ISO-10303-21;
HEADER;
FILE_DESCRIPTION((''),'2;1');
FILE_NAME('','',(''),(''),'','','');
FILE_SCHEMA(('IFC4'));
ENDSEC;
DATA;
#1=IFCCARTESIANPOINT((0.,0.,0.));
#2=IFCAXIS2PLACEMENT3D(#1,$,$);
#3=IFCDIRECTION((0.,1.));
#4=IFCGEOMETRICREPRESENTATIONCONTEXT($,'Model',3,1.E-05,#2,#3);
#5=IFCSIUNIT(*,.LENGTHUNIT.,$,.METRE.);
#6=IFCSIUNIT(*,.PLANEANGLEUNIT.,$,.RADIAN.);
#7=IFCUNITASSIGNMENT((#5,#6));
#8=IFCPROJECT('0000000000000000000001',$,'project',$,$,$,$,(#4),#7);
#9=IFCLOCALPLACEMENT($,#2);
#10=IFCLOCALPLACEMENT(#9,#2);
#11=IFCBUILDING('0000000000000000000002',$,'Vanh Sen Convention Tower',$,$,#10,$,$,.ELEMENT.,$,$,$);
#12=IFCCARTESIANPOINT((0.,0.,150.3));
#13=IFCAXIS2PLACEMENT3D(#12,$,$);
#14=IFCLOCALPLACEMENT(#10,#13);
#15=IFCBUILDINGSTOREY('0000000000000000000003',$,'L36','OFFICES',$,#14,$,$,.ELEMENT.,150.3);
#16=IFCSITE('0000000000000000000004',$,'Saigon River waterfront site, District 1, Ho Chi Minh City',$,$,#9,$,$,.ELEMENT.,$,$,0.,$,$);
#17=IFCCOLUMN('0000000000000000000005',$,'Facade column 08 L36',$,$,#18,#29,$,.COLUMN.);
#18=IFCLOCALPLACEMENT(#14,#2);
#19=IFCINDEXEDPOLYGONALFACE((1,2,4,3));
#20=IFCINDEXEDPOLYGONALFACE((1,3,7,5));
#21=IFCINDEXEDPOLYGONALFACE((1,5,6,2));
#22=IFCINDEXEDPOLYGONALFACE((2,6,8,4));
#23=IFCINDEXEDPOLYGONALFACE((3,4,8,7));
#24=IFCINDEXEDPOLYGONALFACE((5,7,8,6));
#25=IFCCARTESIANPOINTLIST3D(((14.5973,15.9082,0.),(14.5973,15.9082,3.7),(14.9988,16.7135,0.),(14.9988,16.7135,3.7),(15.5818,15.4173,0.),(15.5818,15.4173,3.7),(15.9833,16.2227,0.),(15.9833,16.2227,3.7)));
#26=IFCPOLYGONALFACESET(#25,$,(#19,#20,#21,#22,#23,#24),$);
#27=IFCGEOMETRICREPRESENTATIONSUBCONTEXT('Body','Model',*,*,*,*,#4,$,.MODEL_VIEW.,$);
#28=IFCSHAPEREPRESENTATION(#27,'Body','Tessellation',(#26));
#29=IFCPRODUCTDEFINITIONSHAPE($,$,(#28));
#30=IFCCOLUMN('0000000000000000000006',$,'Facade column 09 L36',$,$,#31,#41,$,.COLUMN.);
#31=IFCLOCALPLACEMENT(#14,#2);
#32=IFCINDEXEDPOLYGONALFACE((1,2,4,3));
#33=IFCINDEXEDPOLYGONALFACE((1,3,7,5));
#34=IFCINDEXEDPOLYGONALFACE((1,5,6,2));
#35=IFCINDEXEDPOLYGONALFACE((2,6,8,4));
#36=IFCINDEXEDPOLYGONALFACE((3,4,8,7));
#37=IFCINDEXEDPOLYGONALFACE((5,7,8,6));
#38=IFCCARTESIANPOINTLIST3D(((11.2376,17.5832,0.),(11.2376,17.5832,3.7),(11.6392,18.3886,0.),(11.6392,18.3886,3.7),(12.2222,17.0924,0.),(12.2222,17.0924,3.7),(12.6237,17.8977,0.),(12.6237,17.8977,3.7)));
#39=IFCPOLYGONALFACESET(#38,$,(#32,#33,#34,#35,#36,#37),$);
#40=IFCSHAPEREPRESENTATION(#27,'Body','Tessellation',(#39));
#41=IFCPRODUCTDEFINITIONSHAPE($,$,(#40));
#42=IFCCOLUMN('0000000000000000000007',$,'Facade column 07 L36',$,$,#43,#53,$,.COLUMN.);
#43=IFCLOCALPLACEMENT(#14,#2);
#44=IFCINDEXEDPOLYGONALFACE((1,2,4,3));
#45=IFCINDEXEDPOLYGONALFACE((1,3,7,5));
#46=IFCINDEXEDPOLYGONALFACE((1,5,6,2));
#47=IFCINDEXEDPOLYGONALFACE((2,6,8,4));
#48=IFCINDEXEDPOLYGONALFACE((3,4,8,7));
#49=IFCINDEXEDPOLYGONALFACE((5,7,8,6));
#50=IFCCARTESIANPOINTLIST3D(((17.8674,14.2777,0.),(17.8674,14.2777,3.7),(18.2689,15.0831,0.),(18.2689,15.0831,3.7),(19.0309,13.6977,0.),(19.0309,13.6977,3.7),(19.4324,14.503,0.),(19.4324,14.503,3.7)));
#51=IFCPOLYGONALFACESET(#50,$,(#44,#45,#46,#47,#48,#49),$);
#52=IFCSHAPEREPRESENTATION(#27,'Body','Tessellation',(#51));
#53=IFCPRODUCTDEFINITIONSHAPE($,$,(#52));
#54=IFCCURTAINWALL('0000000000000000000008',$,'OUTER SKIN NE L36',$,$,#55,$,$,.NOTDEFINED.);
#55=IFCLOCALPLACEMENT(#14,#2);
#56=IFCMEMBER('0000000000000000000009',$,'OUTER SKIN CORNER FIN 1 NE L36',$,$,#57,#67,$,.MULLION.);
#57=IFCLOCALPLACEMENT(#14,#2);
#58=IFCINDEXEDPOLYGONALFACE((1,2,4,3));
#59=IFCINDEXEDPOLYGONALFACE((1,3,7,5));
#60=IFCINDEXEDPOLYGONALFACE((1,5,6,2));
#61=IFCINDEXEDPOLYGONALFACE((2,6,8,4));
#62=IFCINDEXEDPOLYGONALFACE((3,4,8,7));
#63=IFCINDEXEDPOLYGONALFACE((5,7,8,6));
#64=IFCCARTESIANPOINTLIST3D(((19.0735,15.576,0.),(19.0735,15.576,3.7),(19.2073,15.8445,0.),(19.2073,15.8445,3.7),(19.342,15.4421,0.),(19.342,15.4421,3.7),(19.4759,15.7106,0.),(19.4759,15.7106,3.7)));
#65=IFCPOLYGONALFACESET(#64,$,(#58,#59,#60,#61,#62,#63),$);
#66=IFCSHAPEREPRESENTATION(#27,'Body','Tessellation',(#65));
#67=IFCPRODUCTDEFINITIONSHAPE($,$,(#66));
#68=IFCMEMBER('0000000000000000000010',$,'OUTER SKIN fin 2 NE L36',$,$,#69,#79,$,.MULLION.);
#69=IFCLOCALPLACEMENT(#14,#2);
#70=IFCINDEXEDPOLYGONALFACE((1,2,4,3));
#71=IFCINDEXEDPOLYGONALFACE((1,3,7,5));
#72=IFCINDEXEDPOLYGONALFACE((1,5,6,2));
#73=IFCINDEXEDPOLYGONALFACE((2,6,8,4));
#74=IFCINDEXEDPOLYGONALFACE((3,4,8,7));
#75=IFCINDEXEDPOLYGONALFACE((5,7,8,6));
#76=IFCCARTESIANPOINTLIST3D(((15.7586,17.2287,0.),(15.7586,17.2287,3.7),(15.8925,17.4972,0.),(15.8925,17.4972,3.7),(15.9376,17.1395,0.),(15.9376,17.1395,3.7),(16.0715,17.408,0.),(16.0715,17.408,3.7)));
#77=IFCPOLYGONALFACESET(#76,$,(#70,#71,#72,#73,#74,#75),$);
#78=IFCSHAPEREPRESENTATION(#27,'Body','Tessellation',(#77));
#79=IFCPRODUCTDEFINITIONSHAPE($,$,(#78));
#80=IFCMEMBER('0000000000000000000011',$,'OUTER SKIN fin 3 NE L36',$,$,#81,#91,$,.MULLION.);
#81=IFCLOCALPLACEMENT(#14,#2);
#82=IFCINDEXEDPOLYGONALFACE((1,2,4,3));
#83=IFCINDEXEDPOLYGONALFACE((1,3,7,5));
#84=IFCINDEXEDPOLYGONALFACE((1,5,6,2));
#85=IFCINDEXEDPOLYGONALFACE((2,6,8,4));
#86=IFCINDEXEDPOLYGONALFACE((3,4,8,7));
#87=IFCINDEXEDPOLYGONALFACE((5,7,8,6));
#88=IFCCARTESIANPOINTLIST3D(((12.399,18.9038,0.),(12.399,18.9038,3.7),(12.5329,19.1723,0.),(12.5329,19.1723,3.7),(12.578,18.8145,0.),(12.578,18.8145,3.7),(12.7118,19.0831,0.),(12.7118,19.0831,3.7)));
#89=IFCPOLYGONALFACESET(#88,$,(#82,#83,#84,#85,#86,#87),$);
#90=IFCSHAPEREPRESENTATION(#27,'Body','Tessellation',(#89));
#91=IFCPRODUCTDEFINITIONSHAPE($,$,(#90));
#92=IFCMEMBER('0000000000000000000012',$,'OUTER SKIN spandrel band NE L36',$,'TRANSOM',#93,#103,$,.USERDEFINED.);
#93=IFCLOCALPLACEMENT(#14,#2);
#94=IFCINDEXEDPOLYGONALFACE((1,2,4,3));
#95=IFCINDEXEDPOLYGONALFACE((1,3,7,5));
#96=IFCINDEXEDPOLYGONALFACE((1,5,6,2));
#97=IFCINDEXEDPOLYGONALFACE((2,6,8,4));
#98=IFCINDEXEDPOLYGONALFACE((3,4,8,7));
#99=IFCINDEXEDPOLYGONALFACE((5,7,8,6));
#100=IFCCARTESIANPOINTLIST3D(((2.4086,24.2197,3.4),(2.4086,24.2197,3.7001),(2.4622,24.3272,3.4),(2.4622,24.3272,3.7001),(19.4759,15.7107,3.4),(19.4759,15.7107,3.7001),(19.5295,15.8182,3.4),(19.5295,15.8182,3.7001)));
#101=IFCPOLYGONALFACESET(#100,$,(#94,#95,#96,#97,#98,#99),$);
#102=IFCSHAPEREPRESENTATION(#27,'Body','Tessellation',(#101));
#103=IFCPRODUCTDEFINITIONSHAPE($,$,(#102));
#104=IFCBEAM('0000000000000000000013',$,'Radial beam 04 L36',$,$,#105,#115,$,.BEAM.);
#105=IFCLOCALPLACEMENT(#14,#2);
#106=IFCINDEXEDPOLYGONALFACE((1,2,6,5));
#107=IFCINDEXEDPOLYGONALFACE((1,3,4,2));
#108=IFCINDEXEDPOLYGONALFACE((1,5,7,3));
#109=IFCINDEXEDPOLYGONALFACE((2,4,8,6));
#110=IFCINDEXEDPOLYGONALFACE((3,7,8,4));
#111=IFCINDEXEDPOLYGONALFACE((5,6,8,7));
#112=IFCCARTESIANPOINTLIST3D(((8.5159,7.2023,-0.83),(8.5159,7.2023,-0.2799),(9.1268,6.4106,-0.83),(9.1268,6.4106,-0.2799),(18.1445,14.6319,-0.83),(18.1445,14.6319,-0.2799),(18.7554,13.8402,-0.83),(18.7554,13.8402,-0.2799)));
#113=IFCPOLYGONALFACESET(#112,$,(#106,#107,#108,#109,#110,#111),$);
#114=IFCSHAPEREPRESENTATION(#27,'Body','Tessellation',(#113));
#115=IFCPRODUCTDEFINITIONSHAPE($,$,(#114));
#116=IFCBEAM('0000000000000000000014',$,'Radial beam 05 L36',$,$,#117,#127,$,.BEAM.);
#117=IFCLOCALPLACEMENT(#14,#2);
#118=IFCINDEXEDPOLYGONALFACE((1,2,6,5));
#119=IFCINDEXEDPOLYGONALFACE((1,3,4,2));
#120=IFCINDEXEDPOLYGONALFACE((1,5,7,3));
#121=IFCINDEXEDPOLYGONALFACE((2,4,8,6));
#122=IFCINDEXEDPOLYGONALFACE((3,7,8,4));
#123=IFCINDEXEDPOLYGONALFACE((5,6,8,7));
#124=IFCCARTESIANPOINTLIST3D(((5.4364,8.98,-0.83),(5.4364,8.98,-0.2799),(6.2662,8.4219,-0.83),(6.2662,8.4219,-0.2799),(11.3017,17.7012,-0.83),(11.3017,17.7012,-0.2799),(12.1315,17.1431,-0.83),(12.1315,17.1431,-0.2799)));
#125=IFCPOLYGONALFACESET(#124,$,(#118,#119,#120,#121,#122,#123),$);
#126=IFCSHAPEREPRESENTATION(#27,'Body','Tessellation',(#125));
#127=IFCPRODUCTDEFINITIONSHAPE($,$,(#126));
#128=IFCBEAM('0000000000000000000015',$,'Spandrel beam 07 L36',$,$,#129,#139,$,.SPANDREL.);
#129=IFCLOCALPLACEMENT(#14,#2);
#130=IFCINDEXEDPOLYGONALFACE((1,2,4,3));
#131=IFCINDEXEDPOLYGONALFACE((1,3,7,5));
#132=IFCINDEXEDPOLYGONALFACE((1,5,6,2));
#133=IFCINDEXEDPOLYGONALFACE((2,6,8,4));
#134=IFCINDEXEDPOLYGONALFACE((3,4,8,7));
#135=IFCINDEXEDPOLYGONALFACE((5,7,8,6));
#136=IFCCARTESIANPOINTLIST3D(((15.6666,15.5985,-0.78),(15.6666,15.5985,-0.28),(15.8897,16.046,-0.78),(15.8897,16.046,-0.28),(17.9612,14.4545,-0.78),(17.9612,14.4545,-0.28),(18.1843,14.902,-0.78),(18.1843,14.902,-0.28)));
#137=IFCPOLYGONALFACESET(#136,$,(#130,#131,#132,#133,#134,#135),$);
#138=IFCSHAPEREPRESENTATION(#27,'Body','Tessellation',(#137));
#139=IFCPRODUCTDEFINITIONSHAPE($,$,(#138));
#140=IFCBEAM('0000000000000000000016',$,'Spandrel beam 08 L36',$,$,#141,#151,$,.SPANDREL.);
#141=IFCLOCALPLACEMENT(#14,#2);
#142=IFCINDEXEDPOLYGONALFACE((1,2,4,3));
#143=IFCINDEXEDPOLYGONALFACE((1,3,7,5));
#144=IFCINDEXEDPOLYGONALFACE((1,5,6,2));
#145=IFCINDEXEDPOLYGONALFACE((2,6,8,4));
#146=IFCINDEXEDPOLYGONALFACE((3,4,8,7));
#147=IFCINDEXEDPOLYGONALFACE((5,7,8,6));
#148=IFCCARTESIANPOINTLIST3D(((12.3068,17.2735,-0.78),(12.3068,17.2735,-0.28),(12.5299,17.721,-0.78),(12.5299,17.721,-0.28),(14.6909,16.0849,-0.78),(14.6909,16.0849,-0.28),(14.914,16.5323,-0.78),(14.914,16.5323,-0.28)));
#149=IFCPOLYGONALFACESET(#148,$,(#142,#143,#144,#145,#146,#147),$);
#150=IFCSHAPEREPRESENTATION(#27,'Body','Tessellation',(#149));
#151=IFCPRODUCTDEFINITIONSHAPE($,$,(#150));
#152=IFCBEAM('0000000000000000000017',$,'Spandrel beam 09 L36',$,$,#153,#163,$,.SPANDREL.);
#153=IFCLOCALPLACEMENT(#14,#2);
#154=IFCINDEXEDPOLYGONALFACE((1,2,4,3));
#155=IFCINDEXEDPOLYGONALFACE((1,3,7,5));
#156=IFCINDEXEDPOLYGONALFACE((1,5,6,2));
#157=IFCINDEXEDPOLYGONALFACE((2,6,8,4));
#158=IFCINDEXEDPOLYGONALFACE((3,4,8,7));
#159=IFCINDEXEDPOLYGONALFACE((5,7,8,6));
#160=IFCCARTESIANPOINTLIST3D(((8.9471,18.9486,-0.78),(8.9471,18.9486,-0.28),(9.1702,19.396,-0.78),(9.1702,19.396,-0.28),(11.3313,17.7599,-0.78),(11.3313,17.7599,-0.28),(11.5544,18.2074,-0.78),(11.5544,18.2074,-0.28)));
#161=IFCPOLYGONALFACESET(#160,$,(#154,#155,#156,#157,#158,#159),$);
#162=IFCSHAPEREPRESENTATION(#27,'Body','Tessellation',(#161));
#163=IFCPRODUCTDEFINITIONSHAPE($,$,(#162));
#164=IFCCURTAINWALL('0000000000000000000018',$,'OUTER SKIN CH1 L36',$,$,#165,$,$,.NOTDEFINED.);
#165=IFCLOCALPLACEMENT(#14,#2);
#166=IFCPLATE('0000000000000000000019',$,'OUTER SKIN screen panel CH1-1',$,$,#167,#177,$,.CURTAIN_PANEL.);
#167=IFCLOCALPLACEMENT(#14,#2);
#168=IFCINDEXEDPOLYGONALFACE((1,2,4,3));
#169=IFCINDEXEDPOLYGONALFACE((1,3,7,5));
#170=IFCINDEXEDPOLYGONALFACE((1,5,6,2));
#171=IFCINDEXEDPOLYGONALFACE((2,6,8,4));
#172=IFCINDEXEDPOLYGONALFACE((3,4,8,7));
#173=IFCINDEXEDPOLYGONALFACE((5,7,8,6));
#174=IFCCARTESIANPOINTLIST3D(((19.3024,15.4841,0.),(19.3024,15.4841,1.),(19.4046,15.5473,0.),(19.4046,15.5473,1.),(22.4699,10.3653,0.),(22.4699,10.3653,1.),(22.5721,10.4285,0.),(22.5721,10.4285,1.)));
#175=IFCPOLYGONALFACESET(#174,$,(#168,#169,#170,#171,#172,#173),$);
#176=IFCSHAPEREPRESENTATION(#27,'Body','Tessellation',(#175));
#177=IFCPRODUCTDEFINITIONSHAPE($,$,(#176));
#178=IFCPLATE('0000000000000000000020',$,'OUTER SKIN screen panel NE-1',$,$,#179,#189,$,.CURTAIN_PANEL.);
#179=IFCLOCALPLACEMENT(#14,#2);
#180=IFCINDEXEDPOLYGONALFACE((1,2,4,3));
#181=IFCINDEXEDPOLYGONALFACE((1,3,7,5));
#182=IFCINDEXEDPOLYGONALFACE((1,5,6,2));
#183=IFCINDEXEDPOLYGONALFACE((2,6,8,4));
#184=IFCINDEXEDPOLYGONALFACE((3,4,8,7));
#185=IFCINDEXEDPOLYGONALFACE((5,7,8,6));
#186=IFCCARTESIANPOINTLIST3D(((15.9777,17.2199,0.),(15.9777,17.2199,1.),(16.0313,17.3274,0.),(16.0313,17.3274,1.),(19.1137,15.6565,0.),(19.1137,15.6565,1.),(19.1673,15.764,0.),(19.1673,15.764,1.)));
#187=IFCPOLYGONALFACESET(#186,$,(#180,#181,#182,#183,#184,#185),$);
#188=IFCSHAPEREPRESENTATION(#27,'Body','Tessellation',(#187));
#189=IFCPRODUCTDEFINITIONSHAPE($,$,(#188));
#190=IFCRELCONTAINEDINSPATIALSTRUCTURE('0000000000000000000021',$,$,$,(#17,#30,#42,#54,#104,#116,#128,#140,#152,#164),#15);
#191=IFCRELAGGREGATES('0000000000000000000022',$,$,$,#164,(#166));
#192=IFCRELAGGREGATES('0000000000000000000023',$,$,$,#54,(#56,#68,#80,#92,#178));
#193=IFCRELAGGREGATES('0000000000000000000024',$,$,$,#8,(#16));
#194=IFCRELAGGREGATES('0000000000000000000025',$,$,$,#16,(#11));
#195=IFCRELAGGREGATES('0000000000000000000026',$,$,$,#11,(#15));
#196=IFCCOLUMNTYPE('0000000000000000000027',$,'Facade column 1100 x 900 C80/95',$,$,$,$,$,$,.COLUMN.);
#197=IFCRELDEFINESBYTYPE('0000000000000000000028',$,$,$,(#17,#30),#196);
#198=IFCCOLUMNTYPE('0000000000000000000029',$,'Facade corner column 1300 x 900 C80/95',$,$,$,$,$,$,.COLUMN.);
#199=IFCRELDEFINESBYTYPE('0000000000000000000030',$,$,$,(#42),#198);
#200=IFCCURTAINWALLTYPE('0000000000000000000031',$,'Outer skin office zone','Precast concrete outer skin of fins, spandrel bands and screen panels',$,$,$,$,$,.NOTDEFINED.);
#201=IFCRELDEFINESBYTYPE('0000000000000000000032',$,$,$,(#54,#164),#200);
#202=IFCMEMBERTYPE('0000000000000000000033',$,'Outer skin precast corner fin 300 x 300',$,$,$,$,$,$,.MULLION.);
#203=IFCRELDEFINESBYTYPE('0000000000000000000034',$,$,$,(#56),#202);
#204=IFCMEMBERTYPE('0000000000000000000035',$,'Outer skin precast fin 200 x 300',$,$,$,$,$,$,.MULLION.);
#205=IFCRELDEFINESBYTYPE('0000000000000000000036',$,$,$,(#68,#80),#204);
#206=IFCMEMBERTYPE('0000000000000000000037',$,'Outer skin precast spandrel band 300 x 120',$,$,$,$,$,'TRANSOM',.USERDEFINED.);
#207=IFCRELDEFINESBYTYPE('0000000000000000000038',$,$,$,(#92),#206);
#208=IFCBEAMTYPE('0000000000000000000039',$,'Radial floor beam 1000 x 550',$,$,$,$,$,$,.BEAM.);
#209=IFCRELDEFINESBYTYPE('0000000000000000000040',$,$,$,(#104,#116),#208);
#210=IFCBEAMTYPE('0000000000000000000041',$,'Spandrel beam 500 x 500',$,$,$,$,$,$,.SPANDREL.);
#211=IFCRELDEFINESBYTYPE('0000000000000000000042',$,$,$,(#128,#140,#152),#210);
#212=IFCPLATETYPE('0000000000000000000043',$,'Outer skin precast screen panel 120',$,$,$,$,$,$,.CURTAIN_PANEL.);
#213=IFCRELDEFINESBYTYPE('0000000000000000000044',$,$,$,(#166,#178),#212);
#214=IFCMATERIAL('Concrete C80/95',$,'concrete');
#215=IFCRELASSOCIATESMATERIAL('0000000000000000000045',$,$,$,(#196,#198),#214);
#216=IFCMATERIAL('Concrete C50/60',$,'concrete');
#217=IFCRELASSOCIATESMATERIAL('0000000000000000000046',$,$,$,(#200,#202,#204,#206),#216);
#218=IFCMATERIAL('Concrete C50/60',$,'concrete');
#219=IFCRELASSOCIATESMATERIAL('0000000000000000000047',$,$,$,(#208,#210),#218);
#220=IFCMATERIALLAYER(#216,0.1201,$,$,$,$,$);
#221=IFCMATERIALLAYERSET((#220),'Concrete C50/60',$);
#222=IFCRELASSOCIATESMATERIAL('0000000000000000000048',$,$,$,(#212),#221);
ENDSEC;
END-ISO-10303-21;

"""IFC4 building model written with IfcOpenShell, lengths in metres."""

from ifc_helpers import new_model, si_unit, direction, frame, origin, origin_2d, place, context, subcontext, project, spatial, rectangle, extrude, material, layer, layer_set, material_profile, profile_set, type_object, element, aggregate, save


model = new_model("IFC4")

# Units and contexts
model_context = context("Model", 3, precision=1e-05, world=origin(), true_north=direction((0.0, 1.0)))
body_context = subcontext(model_context, "Body", "Model", "MODEL_VIEW")
ifc_project = project(units=[si_unit("LENGTHUNIT", "METRE"), si_unit("PLANEANGLEUNIT", "RADIAN")], contexts=[model_context])

# Site, building, storey
site_placement = place(None, origin())
site = spatial("IfcSite", under=ifc_project, at=site_placement, Name="Saigon River waterfront site, District 1, Ho Chi Minh City", CompositionType="ELEMENT", RefElevation=0.0)
building_placement = place(site_placement, origin())
building = spatial("IfcBuilding", under=site, at=building_placement, Name="Vanh Sen Convention Tower", CompositionType="ELEMENT")
storey_placement = place(building_placement, frame((0.0, 0.0, 150.3)))
storey = spatial("IfcBuildingStorey", under=building, at=storey_placement, Name="L36", Description="OFFICES", CompositionType="ELEMENT", Elevation=150.3)

# Columns
ifc_material_1 = material(Name="Concrete C80/95", Category="concrete")
ifc_material_profile_1 = material_profile(ifc_material_1, rectangle(XDim=1.1001, YDim=0.8999, at=origin_2d()), Name="RC 1100X900")
ifc_profile_set_1 = profile_set([ifc_material_profile_1], Name="Concrete C80/95")
column_type_1 = type_object("IfcColumnType", Name="Facade column 1100 x 900 C80/95", PredefinedType="COLUMN", material=ifc_profile_set_1)
for number, where, z_axis, x_axis, name in (
    (1, (15.2903, 16.0654, 0.0), (0.0, 0.0, 1.0), (-0.894934, 0.446198, 0.0), "Facade column 08 L36"),
    (2, (11.9307, 17.7405, 0.0), (0.0, 0.0, 1.0), (-0.894934, 0.446198, 0.0), "Facade column 09 L36"),
):
    element("IfcColumn", number, at=place(storey_placement, frame(where, z_axis=z_axis, x_axis=x_axis)), inside=storey, type_object=column_type_1, Name=name, PredefinedType="COLUMN", context=body_context, shape_type="SweptSolid", body=[
        extrude(rectangle(XDim=1.1001, YDim=0.8999, at=origin_2d()), origin(), (0.0, 0.0, 1.0), 3.7),
    ])
ifc_material_profile_2 = material_profile(ifc_material_1, rectangle(XDim=1.3, YDim=0.8999, at=origin_2d()), Name="RC 1300X900")
ifc_profile_set_2 = profile_set([ifc_material_profile_2], Name="Concrete C80/95")
column_type_2 = type_object("IfcColumnType", Name="Facade corner column 1300 x 900 C80/95", PredefinedType="COLUMN", material=ifc_profile_set_2)
column_placement = place(storey_placement, frame((18.6499, 14.3904, 0.0), z_axis=(0.0, 0.0, 1.0), x_axis=(-0.894934, 0.446198, 0.0)))
element("IfcColumn", 3, at=column_placement, inside=storey, type_object=column_type_2, Name="Facade column 07 L36", PredefinedType="COLUMN", context=body_context, shape_type="SweptSolid", body=[
    extrude(rectangle(XDim=1.3, YDim=0.8999, at=origin_2d()), origin(), (0.0, 0.0, 1.0), 3.7),
])

# Curtain wall, members
ifc_material_2 = material(Name="Concrete C50/60", Category="concrete")
curtain_wall_type = type_object("IfcCurtainWallType", Name="Outer skin office zone", Description="Precast concrete outer skin of fins, spandrel bands and screen panels", PredefinedType="NOTDEFINED", material=ifc_material_2)
curtain_wall_1_placement = place(storey_placement, origin())
curtain_wall_1 = element("IfcCurtainWall", 4, at=curtain_wall_1_placement, inside=storey, type_object=curtain_wall_type, Name="OUTER SKIN NE L36", PredefinedType="NOTDEFINED")
ifc_material_profile_3 = material_profile(ifc_material_2, rectangle(XDim=0.3, YDim=0.3, at=origin_2d()), Name="Outer skin precast corner fin 300 x 300")
ifc_profile_set_3 = profile_set([ifc_material_profile_3], Name="Concrete C50/60")
member_type_1 = type_object("IfcMemberType", Name="Outer skin precast corner fin 300 x 300", PredefinedType="MULLION", material=ifc_profile_set_3)
member_1_placement = place(storey_placement, frame((19.2747, 15.6433, 0.0), z_axis=(0.0, 0.0, 1.0), x_axis=(-0.894934, 0.446198, 0.0)))
member_1 = element("IfcMember", 5, at=member_1_placement, type_object=member_type_1, Name="OUTER SKIN CORNER FIN 1 NE L36", PredefinedType="MULLION", context=body_context, shape_type="SweptSolid", body=[
    extrude(rectangle(XDim=0.3, YDim=0.3, at=origin_2d()), origin(), (0.0, 0.0, 1.0), 3.7),
])
ifc_material_profile_4 = material_profile(ifc_material_2, rectangle(XDim=0.2, YDim=0.3, at=origin_2d()), Name="Outer skin precast fin 200 x 300")
ifc_profile_set_4 = profile_set([ifc_material_profile_4], Name="Concrete C50/60")
member_type_2 = type_object("IfcMemberType", Name="Outer skin precast fin 200 x 300", PredefinedType="MULLION", material=ifc_profile_set_4)
member_2_placement = place(storey_placement, frame((15.915, 17.3184, 0.0), z_axis=(0.0, 0.0, 1.0), x_axis=(-0.894934, 0.446198, 0.0)))
member_2 = element("IfcMember", 6, at=member_2_placement, type_object=member_type_2, Name="OUTER SKIN fin 2 NE L36", PredefinedType="MULLION", context=body_context, shape_type="SweptSolid", body=[
    extrude(rectangle(XDim=0.2, YDim=0.3, at=origin_2d()), origin(), (0.0, 0.0, 1.0), 3.7),
])
member_3_placement = place(storey_placement, frame((12.5554, 18.9934, 0.0), z_axis=(0.0, 0.0, 1.0), x_axis=(-0.894934, 0.446198, 0.0)))
member_3 = element("IfcMember", 7, at=member_3_placement, type_object=member_type_2, Name="OUTER SKIN fin 3 NE L36", PredefinedType="MULLION", context=body_context, shape_type="SweptSolid", body=[
    extrude(rectangle(XDim=0.2, YDim=0.3, at=origin_2d()), origin(), (0.0, 0.0, 1.0), 3.7),
])
ifc_material_profile_5 = material_profile(ifc_material_2, rectangle(XDim=0.1201, YDim=0.3, at=origin_2d()), Name="Outer skin precast spandrel band 300 x 120")
ifc_profile_set_5 = profile_set([ifc_material_profile_5], Name="Concrete C50/60")
member_type_3 = type_object("IfcMemberType", Name="Outer skin precast spandrel band 300 x 120", ElementType="TRANSOM", PredefinedType="USERDEFINED", material=ifc_profile_set_5)
member_4_placement = place(storey_placement, frame((19.5027, 15.7644, 3.55), z_axis=(-0.894941, 0.446184, 0.0), x_axis=(-0.446184, -0.894941, 0.0)))
member_4 = element("IfcMember", 8, at=member_4_placement, type_object=member_type_3, Name="OUTER SKIN spandrel band NE L36", ObjectType="TRANSOM", PredefinedType="USERDEFINED", context=body_context, shape_type="SweptSolid", body=[
    extrude(rectangle(XDim=0.1201, YDim=0.3, at=origin_2d()), origin(), (0.0, 0.0, 1.0), 19.0708),
])

# Beams
ifc_material_3 = material(Name="Concrete C50/60", Category="concrete")
ifc_material_profile_6 = material_profile(ifc_material_3, rectangle(XDim=1.0, YDim=0.55, at=origin_2d()), Name="RC 1000X550")
ifc_profile_set_6 = profile_set([ifc_material_profile_6], Name="Concrete C50/60")
beam_type_1 = type_object("IfcBeamType", Name="Radial floor beam 1000 x 550", PredefinedType="BEAM", material=ifc_profile_set_6)
beam_1_placement = place(storey_placement, frame((18.45, 14.2361, -0.5549), z_axis=(-0.791708, -0.610899, 0.0), x_axis=(0.610899, -0.791708, 0.0)))
element("IfcBeam", 9, at=beam_1_placement, inside=storey, type_object=beam_type_1, Name="Radial beam 04 L36", PredefinedType="BEAM", context=body_context, shape_type="SweptSolid", body=[
    extrude(rectangle(XDim=1.0, YDim=0.55, at=origin_2d()), origin(), (0.0, 0.0, 1.0), 12.1619),
])
beam_2_placement = place(storey_placement, frame((11.7166, 17.4221, -0.5549), z_axis=(-0.558062, -0.829799, 0.0), x_axis=(0.829799, -0.558062, 0.0)))
element("IfcBeam", 10, at=beam_2_placement, inside=storey, type_object=beam_type_1, Name="Radial beam 05 L36", PredefinedType="BEAM", context=body_context, shape_type="SweptSolid", body=[
    extrude(rectangle(XDim=1.0, YDim=0.55, at=origin_2d()), origin(), (0.0, 0.0, 1.0), 10.51),
])
ifc_material_profile_7 = material_profile(ifc_material_3, rectangle(XDim=0.5, YDim=0.5, at=origin_2d()), Name="RC 500X500")
ifc_profile_set_7 = profile_set([ifc_material_profile_7], Name="Concrete C50/60")
beam_type_2 = type_object("IfcBeamType", Name="Spandrel beam 500 x 500", PredefinedType="SPANDREL", material=ifc_profile_set_7)
beam_3_placement = place(storey_placement, frame((18.0728, 14.6782, -0.53), z_axis=(-0.894941, 0.446185, 0.0), x_axis=(-0.446185, -0.894941, 0.0)))
element("IfcBeam", 11, at=beam_3_placement, inside=storey, type_object=beam_type_2, Name="Spandrel beam 07 L36", PredefinedType="SPANDREL", context=body_context, shape_type="SweptSolid", body=[
    extrude(rectangle(XDim=0.5, YDim=0.5, at=origin_2d()), origin(), (0.0, 0.0, 1.0), 2.564),
])
for number, where, z_axis, x_axis, name in (
    (12, (14.8025, 16.3086, -0.53), (-0.89494, 0.446187, 0.0), (-0.446187, -0.89494, 0.0), "Spandrel beam 08 L36"),
    (13, (11.4429, 17.9836, -0.53), (-0.89494, 0.446187, 0.0), (-0.446187, -0.89494, 0.0), "Spandrel beam 09 L36"),
):
    element("IfcBeam", number, at=place(storey_placement, frame(where, z_axis=z_axis, x_axis=x_axis)), inside=storey, type_object=beam_type_2, Name=name, PredefinedType="SPANDREL", context=body_context, shape_type="SweptSolid", body=[
        extrude(rectangle(XDim=0.5, YDim=0.5, at=origin_2d()), origin(), (0.0, 0.0, 1.0), 2.6641),
    ])

# Curtain wall, plate
curtain_wall_2_placement = place(storey_placement, origin())
curtain_wall_2 = element("IfcCurtainWall", 14, at=curtain_wall_2_placement, inside=storey, type_object=curtain_wall_type, Name="OUTER SKIN CH1 L36", PredefinedType="NOTDEFINED")
ifc_layer_1 = layer(ifc_material_2, 0.1201)
ifc_layer_set_1 = layer_set([ifc_layer_1], Name="Concrete C50/60")
plate_type = type_object("IfcPlateType", Name="Outer skin precast screen panel 120", PredefinedType="CURTAIN_PANEL", material=ifc_layer_set_1)
plate_1_placement = place(storey_placement, frame((20.9373, 12.9563, 0.0), z_axis=(0.0, 0.0, 1.0), x_axis=(-0.526204, 0.850359, 0.0)))
plate_1 = element("IfcPlate", 15, at=plate_1_placement, type_object=plate_type, Name="OUTER SKIN screen panel CH1-1", PredefinedType="CURTAIN_PANEL", context=body_context, shape_type="SweptSolid", body=[
    extrude(rectangle(XDim=6.0195, YDim=0.1201, at=origin_2d()), origin(), (0.0, 0.0, 1.0), 1.0),
])
aggregate(curtain_wall_2, [plate_1])

# Plate
plate_2_placement = place(storey_placement, frame((17.5725, 16.4919, 0.0), z_axis=(0.0, 0.0, 1.0), x_axis=(-0.894944, 0.446179, 0.0)))
plate_2 = element("IfcPlate", 16, at=plate_2_placement, type_object=plate_type, Name="OUTER SKIN screen panel NE-1", PredefinedType="CURTAIN_PANEL", context=body_context, shape_type="SweptSolid", body=[
    extrude(rectangle(XDim=3.5042, YDim=0.1201, at=origin_2d()), origin(), (0.0, 0.0, 1.0), 1.0),
])
aggregate(curtain_wall_1, [member_1, member_2, member_3, member_4, plate_2])

save(model, "model.ifc")
